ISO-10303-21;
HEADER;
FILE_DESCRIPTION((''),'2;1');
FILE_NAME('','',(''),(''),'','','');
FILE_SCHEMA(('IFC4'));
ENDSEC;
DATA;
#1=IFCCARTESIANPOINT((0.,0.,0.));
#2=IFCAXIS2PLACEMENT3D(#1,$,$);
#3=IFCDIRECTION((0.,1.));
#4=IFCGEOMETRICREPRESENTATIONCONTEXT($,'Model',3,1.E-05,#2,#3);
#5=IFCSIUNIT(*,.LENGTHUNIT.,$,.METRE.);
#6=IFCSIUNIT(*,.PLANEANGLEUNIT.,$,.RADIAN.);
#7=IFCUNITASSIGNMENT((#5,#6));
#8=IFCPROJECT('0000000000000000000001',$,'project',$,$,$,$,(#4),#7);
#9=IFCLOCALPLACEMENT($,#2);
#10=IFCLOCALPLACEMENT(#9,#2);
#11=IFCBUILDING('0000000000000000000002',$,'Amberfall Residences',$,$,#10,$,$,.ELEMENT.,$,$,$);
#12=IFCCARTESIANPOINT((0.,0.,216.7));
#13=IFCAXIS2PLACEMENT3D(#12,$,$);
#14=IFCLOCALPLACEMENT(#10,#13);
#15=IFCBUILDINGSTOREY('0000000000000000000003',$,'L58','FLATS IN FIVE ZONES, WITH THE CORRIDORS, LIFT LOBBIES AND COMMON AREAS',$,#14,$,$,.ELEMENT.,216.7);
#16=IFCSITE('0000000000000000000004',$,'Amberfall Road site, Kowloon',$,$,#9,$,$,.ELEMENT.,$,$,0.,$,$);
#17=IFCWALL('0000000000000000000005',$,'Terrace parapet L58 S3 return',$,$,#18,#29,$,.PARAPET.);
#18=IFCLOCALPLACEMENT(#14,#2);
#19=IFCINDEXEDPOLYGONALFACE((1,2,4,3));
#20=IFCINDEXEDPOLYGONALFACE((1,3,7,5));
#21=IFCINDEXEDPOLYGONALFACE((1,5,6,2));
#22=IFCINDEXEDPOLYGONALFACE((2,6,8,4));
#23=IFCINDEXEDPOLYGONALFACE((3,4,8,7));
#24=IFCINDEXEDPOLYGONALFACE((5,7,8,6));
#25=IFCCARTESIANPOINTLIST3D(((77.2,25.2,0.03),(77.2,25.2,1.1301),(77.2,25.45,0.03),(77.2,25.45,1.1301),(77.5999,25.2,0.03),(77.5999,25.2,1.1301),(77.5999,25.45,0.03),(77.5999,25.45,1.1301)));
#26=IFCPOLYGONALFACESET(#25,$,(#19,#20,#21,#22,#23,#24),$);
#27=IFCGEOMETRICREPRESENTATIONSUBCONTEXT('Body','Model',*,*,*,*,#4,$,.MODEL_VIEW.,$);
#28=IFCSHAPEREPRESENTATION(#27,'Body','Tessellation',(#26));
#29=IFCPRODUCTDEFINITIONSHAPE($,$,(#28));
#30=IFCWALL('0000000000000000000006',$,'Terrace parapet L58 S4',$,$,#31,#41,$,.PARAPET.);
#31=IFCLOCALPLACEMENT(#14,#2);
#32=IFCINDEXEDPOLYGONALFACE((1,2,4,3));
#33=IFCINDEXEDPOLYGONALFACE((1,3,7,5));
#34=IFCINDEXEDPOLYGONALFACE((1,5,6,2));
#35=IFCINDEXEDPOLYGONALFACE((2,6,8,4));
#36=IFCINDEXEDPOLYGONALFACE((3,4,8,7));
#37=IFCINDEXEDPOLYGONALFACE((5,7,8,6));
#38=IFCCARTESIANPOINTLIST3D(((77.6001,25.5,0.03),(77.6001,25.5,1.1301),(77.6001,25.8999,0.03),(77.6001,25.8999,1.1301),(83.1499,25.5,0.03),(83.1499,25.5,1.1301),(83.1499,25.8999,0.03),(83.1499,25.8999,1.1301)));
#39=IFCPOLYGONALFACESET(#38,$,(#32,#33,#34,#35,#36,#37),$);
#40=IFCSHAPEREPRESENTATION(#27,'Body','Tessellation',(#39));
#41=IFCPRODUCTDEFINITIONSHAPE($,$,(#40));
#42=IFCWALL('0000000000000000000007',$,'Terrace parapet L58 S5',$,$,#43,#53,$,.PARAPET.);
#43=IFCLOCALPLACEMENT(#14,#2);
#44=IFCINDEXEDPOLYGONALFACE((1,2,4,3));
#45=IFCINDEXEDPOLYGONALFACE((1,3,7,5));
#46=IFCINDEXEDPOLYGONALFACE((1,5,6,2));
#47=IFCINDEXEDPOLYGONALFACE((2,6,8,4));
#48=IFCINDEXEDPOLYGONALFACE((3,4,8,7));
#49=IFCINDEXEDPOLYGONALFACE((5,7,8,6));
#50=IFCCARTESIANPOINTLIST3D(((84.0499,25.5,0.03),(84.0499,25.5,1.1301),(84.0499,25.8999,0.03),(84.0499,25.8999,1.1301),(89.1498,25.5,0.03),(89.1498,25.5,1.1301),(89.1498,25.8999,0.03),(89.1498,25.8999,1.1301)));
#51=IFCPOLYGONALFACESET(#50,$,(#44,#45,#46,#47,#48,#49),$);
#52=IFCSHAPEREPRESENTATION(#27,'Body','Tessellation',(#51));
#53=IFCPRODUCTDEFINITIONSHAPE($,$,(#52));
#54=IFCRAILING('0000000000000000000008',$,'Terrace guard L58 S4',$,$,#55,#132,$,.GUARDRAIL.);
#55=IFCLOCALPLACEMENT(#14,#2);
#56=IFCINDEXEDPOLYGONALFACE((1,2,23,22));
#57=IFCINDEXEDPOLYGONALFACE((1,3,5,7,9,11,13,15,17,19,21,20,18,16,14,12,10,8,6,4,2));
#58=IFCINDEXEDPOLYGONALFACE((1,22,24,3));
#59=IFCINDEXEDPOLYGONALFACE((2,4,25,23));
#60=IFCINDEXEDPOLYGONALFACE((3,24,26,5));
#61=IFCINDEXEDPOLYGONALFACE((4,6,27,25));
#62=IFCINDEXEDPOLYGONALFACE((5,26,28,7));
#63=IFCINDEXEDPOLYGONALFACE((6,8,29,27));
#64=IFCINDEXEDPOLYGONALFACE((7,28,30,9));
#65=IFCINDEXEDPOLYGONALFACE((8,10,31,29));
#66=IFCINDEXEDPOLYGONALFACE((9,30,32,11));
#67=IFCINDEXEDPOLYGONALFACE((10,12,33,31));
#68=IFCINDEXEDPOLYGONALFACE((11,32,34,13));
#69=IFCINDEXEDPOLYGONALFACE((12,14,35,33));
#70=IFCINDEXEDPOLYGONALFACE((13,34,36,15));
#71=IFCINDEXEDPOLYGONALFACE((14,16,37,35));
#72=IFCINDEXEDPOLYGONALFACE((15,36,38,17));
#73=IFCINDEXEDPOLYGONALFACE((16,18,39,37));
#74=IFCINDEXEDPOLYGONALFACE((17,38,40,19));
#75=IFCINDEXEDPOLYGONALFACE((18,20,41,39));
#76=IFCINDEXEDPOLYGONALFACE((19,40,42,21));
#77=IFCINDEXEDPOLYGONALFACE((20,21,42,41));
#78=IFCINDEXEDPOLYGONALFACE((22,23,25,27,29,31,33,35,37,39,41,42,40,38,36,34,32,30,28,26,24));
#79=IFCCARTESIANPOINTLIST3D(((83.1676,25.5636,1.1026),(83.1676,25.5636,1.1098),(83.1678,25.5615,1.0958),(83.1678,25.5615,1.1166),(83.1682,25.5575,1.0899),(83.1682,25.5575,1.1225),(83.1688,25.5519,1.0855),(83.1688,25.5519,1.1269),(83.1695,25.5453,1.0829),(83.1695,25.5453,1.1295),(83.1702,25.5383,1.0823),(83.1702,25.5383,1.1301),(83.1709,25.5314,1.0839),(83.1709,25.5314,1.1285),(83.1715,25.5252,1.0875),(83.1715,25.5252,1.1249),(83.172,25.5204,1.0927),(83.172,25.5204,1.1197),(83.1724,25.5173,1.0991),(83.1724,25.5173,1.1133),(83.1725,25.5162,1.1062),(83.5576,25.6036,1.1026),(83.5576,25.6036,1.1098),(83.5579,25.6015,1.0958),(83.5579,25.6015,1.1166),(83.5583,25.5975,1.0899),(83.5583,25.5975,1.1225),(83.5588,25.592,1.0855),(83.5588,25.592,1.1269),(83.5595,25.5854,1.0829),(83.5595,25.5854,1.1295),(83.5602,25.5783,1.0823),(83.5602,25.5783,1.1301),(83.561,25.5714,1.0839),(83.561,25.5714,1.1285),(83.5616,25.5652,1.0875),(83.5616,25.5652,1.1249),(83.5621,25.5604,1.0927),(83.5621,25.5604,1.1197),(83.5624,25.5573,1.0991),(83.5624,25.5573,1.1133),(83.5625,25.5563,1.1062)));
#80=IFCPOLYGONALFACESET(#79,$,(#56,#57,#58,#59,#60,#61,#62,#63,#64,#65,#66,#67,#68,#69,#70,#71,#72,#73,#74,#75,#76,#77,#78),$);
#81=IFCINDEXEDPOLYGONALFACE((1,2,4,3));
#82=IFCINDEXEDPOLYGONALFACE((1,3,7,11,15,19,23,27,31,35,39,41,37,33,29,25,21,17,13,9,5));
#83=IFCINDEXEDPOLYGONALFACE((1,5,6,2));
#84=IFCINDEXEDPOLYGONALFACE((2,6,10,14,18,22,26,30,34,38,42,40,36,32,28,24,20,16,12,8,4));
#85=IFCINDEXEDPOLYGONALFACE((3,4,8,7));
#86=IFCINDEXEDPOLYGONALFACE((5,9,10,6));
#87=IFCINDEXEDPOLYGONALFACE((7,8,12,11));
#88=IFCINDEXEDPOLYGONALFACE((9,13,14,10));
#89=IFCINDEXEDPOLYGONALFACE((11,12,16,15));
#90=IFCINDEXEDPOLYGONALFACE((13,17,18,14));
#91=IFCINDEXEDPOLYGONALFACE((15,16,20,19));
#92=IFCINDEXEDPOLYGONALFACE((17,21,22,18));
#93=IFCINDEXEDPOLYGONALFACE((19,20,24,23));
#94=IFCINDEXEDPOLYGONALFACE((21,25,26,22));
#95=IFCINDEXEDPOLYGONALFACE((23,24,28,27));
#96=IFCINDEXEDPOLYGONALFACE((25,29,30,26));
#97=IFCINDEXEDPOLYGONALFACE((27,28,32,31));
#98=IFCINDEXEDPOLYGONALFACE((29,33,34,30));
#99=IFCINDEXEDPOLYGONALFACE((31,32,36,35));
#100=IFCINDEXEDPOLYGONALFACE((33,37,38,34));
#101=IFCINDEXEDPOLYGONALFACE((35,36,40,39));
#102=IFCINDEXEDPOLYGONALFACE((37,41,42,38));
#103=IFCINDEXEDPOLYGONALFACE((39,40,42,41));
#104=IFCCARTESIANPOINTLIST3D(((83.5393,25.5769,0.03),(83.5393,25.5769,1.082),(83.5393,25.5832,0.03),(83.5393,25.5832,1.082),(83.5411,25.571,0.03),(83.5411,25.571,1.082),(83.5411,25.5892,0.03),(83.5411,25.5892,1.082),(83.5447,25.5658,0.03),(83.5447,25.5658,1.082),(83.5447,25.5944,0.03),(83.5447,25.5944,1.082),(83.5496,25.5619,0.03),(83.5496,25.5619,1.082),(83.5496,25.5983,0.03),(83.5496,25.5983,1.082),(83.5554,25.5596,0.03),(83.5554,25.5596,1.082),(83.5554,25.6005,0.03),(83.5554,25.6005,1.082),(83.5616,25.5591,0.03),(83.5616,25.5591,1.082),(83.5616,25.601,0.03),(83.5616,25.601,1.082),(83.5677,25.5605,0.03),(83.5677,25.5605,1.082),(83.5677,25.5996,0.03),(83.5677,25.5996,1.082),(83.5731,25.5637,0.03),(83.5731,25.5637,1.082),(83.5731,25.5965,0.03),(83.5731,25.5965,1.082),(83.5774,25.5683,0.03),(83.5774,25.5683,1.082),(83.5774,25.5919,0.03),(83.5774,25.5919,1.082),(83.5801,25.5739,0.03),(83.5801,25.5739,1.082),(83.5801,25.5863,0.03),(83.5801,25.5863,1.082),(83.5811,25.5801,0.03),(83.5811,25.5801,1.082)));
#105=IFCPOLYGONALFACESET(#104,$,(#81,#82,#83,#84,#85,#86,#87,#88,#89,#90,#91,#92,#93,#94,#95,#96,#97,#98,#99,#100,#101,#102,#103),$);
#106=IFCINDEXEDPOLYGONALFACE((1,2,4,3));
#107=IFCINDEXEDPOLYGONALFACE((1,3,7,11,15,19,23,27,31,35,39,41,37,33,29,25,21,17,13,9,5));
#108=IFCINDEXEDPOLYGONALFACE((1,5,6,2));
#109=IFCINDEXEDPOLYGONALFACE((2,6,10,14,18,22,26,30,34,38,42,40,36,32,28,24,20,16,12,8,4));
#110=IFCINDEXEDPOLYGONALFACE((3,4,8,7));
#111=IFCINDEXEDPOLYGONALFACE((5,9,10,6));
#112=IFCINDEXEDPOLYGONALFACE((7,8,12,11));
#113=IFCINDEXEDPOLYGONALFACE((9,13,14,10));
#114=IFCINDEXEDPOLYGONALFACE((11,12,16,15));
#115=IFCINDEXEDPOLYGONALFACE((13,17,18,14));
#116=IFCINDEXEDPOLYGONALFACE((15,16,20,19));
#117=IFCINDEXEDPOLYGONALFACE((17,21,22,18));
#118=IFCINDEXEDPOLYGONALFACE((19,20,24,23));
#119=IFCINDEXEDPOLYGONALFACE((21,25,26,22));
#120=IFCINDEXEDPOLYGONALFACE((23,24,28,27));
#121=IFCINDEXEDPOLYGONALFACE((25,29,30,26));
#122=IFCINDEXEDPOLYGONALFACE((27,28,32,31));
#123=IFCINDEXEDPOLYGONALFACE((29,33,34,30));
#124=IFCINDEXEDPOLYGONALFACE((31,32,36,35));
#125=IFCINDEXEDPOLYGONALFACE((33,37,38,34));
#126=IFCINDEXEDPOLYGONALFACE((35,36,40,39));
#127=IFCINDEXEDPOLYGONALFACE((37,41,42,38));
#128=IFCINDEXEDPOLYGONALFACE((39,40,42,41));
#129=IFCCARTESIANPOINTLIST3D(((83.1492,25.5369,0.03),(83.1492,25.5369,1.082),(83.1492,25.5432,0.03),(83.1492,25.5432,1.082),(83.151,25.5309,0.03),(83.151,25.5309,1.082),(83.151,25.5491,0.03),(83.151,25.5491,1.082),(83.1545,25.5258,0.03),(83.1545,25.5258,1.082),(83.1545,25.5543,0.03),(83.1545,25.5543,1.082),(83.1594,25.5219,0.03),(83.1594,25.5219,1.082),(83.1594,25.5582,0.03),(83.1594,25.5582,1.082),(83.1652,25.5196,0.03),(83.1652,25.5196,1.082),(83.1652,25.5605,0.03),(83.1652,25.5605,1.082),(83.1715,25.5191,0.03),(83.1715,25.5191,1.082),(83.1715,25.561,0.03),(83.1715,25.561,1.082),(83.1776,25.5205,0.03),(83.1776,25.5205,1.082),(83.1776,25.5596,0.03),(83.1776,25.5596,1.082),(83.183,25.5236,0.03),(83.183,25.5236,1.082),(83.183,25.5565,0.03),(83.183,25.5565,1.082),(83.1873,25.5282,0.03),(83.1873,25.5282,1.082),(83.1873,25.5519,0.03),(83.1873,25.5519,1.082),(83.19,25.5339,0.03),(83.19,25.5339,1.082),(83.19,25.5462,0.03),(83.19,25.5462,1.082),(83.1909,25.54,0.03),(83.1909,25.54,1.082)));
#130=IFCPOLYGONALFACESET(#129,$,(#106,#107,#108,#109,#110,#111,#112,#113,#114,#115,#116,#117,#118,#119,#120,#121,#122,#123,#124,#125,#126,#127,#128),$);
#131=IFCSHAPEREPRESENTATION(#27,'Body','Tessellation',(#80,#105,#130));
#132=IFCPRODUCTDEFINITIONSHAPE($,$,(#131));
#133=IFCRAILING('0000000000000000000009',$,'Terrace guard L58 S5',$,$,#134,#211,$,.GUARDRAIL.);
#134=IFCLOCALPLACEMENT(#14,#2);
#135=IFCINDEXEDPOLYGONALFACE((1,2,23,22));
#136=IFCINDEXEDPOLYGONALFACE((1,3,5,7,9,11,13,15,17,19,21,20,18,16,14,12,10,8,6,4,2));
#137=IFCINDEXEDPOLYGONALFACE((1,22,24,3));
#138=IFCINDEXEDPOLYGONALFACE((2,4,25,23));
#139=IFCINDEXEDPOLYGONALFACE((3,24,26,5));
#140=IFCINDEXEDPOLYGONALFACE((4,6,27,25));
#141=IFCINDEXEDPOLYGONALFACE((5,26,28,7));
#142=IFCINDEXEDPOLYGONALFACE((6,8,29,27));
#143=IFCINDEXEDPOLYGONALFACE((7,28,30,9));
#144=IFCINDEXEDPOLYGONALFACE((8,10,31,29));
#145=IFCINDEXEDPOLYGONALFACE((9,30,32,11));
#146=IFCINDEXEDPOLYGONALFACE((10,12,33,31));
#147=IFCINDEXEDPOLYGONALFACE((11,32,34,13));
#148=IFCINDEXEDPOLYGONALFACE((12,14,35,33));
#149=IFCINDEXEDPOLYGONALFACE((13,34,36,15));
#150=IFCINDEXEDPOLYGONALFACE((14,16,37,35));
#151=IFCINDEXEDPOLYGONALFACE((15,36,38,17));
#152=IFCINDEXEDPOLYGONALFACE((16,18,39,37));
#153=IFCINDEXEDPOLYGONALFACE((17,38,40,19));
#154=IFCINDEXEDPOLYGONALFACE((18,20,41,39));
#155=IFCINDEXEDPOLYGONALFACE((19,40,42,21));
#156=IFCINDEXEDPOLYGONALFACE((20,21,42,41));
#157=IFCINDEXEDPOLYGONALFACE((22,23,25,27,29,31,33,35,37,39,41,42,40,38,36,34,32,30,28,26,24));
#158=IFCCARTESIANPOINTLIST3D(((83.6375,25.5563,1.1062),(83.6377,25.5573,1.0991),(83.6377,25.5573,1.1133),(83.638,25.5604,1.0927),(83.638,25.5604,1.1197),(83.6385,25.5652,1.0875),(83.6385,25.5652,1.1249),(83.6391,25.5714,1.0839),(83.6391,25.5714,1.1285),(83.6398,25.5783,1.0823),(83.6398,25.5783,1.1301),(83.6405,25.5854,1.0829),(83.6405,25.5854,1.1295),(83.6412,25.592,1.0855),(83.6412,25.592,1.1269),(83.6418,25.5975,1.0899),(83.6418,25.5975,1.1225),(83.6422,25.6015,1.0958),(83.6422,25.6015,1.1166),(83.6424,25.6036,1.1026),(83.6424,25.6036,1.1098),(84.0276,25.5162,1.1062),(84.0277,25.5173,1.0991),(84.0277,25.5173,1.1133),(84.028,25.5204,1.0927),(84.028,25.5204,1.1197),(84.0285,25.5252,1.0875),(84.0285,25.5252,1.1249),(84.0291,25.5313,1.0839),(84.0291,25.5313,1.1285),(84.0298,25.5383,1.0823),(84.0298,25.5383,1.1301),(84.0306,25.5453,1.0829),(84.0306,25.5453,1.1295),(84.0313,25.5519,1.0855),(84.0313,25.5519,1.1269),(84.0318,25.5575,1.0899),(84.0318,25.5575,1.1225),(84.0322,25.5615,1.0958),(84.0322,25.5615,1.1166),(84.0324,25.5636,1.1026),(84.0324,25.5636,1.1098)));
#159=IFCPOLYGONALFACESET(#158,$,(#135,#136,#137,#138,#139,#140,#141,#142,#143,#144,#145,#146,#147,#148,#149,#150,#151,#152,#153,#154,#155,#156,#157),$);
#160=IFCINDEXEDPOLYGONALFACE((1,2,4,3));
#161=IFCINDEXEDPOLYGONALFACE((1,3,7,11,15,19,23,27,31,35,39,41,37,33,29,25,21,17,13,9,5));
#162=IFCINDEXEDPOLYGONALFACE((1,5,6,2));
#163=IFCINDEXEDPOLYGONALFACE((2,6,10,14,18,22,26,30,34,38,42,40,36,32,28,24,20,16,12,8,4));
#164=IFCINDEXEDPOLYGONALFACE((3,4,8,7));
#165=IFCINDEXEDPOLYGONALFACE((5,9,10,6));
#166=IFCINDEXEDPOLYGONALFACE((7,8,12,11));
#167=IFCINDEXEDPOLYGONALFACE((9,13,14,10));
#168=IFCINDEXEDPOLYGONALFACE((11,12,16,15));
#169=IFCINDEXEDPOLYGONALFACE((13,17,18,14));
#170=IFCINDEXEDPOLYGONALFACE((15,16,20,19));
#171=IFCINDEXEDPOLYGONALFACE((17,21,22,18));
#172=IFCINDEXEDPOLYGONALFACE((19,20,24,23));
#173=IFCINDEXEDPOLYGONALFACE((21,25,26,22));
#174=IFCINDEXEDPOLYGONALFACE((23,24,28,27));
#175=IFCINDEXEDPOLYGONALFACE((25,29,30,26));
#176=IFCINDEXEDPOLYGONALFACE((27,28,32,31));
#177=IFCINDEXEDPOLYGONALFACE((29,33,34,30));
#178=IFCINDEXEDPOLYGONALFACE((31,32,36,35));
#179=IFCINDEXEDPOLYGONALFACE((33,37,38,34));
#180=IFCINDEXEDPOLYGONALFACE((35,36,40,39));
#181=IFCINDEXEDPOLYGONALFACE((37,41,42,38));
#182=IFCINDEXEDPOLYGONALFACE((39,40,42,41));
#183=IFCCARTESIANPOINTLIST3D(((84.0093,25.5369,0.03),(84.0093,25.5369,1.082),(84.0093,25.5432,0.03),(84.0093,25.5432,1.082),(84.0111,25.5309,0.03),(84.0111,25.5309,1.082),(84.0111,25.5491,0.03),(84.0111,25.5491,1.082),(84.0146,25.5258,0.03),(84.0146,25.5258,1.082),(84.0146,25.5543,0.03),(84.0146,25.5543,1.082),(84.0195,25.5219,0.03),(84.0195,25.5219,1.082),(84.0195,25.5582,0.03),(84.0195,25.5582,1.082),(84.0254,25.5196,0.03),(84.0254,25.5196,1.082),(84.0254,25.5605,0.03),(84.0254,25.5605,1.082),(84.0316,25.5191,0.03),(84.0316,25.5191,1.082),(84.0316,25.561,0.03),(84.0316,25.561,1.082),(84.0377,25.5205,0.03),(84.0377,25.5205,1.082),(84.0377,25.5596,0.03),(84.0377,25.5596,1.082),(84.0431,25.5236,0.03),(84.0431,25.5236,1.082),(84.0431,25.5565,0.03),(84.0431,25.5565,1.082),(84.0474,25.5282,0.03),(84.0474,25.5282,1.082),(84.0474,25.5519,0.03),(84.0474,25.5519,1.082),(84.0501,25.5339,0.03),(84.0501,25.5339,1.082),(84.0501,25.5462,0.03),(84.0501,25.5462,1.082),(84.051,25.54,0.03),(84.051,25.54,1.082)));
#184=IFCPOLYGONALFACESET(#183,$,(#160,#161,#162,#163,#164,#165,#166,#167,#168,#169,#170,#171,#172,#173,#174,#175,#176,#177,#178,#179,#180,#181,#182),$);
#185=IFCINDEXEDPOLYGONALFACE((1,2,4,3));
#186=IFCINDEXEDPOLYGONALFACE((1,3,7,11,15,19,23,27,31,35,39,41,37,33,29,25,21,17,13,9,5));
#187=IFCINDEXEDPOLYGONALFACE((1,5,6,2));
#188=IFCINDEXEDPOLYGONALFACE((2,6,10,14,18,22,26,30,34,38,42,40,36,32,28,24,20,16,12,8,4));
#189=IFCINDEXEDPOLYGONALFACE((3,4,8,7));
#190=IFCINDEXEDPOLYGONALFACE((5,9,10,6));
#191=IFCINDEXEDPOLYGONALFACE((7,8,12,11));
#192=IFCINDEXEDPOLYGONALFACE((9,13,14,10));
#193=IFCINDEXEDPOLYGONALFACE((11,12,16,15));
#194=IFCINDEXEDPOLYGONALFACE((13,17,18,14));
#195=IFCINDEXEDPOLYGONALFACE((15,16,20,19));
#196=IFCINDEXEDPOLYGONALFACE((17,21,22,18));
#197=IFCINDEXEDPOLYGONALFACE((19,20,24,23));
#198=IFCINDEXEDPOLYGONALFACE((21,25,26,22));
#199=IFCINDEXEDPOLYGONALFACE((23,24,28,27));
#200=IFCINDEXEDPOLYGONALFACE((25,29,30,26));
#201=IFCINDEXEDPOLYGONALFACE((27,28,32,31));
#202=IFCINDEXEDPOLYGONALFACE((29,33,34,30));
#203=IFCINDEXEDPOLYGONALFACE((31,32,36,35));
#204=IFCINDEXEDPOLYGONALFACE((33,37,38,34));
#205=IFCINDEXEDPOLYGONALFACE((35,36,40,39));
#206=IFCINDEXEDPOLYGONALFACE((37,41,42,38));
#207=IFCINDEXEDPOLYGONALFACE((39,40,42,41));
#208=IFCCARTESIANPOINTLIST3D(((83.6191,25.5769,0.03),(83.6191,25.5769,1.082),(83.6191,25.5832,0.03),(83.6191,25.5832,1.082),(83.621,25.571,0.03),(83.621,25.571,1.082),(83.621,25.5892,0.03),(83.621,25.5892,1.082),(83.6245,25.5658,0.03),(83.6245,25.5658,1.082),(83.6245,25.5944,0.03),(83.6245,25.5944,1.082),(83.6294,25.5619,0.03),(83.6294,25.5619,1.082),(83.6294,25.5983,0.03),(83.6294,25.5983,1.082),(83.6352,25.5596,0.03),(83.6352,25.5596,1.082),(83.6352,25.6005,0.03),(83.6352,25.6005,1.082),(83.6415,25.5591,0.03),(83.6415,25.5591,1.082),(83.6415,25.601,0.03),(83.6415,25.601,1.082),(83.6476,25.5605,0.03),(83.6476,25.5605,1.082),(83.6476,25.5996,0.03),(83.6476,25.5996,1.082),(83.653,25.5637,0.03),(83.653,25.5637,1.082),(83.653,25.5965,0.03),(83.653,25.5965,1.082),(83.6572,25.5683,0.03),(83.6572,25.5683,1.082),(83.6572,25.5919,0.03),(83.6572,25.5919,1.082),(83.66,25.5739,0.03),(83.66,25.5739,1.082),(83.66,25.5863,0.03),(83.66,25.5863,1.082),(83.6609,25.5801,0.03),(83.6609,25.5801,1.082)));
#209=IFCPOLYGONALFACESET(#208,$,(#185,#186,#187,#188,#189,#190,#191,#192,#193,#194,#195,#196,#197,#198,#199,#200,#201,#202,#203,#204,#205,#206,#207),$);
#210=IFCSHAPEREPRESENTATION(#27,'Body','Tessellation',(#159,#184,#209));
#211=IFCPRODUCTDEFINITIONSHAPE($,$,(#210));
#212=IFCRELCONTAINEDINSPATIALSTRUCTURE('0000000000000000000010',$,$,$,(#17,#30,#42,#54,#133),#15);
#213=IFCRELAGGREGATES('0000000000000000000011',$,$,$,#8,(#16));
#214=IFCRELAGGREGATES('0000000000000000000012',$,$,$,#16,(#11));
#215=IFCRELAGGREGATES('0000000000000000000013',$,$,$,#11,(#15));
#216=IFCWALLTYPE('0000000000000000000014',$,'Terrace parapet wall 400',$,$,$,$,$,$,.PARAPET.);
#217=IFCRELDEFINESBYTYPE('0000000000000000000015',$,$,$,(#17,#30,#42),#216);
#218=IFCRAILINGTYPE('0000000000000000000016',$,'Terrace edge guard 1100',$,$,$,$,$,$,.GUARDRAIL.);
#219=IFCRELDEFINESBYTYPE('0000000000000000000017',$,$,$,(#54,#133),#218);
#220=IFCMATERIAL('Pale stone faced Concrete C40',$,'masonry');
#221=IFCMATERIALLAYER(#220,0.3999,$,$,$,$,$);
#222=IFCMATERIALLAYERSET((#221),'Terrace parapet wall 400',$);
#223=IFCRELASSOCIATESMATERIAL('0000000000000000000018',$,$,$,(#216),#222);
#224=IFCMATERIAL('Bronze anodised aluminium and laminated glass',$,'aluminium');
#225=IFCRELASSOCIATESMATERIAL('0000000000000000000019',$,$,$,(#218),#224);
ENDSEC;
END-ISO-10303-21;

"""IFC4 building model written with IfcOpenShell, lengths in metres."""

from ifc_helpers import new_model, si_unit, direction, frame, frame_2d, origin, origin_2d, place, context, subcontext, project, spatial, rectangle, circle, extrude, material, layer, layer_set, type_object, element, save


model = new_model("IFC4")

# Units and contexts
model_context = context("Model", 3, precision=1e-05, world=origin(), true_north=direction((0.0, 1.0)))
body_context = subcontext(model_context, "Body", "Model", "MODEL_VIEW")
ifc_project = project(units=[si_unit("LENGTHUNIT", "METRE"), si_unit("PLANEANGLEUNIT", "RADIAN")], contexts=[model_context])

# Site, building, storey
site_placement = place(None, origin())
site = spatial("IfcSite", under=ifc_project, at=site_placement, Name="Amberfall Road site, Kowloon", CompositionType="ELEMENT", RefElevation=0.0)
building_placement = place(site_placement, origin())
building = spatial("IfcBuilding", under=site, at=building_placement, Name="Amberfall Residences", CompositionType="ELEMENT")
storey_placement = place(building_placement, frame((0.0, 0.0, 216.7)))
storey = spatial("IfcBuildingStorey", under=building, at=storey_placement, Name="L58", Description="FLATS IN FIVE ZONES, WITH THE CORRIDORS, LIFT LOBBIES AND COMMON AREAS", CompositionType="ELEMENT", Elevation=216.7)

# Walls
ifc_material_1 = material(Name="Pale stone faced Concrete C40", Category="masonry")
ifc_layer_1 = layer(ifc_material_1, 0.3999)
ifc_layer_set_1 = layer_set([ifc_layer_1], Name="Terrace parapet wall 400")
wall_type_1 = type_object("IfcWallType", Name="Terrace parapet wall 400", PredefinedType="PARAPET", material=ifc_layer_set_1)
wall_1_placement = place(storey_placement, frame((77.3999, 25.2, 0.03), z_axis=(0.0, 0.0, 1.0), x_axis=(0.0, 1.0, 0.0)))
element("IfcWall", 1, at=wall_1_placement, inside=storey, type_object=wall_type_1, Name="Terrace parapet L58 S3 return", PredefinedType="PARAPET", context=body_context, shape_type="SweptSolid", body=[
    extrude(rectangle(XDim=0.25, YDim=0.3999, at=frame_2d((0.125, 0.0))), origin(), (0.0, 0.0, 1.0), 1.1001),
])
wall_2_placement = place(storey_placement, frame((77.6001, 25.7, 0.03), z_axis=(0.0, 0.0, 1.0), x_axis=(1.0, 0.0, 0.0)))
element("IfcWall", 2, at=wall_2_placement, inside=storey, type_object=wall_type_1, Name="Terrace parapet L58 S4", PredefinedType="PARAPET", context=body_context, shape_type="SweptSolid", body=[
    extrude(rectangle(XDim=5.5498, YDim=0.3999, at=frame_2d((2.7749, 0.0))), origin(), (0.0, 0.0, 1.0), 1.1001),
])
wall_3_placement = place(storey_placement, frame((84.05, 25.7, 0.03), z_axis=(0.0, 0.0, 1.0), x_axis=(1.0, 0.0, 0.0)))
element("IfcWall", 3, at=wall_3_placement, inside=storey, type_object=wall_type_1, Name="Terrace parapet L58 S5", PredefinedType="PARAPET", context=body_context, shape_type="SweptSolid", body=[
    extrude(rectangle(XDim=5.0999, YDim=0.3999, at=frame_2d((2.5498, 0.0))), origin(), (0.0, 0.0, 1.0), 1.1001),
])

# Railings
ifc_material_2 = material(Name="Bronze anodised aluminium and laminated glass", Category="aluminium")
railing_type = type_object("IfcRailingType", Name="Terrace edge guard 1100", PredefinedType="GUARDRAIL", material=ifc_material_2)
railing_1_placement = place(storey_placement, frame((83.5601, 25.5801, 0.03)))
element("IfcRailing", 4, at=railing_1_placement, inside=storey, type_object=railing_type, Name="Terrace guard L58 S4", PredefinedType="GUARDRAIL", context=body_context, shape_type="SweptSolid", body=[
    extrude(circle(Radius=0.0239, at=origin_2d()), frame((0.0, 0.0, 1.0762), z_axis=(-0.994775, -0.102092, 0.0), x_axis=(0.102092, -0.994775, 0.0)), (0.0, 0.0, 1.0), 0.3921),
    extrude(circle(Radius=0.021, at=origin_2d()), origin(), (0.0, 0.0, 1.0), 1.052),
    extrude(circle(Radius=0.021, at=origin_2d()), frame((-0.3901, -0.04, 0.0)), (0.0, 0.0, 1.0), 1.052),
])
railing_2_placement = place(storey_placement, frame((84.03, 25.54, 0.03)))
element("IfcRailing", 5, at=railing_2_placement, inside=storey, type_object=railing_type, Name="Terrace guard L58 S5", PredefinedType="GUARDRAIL", context=body_context, shape_type="SweptSolid", body=[
    extrude(circle(Radius=0.0239, at=origin_2d()), frame((0.0, 0.0, 1.0762), z_axis=(-0.994775, 0.102092, 0.0), x_axis=(-0.102092, -0.994775, 0.0)), (0.0, 0.0, 1.0), 0.3921),
    extrude(circle(Radius=0.021, at=origin_2d()), origin(), (0.0, 0.0, 1.0), 1.052),
    extrude(circle(Radius=0.021, at=origin_2d()), frame((-0.3901, 0.04, 0.0)), (0.0, 0.0, 1.0), 1.052),
])

save(model, "model.ifc")
